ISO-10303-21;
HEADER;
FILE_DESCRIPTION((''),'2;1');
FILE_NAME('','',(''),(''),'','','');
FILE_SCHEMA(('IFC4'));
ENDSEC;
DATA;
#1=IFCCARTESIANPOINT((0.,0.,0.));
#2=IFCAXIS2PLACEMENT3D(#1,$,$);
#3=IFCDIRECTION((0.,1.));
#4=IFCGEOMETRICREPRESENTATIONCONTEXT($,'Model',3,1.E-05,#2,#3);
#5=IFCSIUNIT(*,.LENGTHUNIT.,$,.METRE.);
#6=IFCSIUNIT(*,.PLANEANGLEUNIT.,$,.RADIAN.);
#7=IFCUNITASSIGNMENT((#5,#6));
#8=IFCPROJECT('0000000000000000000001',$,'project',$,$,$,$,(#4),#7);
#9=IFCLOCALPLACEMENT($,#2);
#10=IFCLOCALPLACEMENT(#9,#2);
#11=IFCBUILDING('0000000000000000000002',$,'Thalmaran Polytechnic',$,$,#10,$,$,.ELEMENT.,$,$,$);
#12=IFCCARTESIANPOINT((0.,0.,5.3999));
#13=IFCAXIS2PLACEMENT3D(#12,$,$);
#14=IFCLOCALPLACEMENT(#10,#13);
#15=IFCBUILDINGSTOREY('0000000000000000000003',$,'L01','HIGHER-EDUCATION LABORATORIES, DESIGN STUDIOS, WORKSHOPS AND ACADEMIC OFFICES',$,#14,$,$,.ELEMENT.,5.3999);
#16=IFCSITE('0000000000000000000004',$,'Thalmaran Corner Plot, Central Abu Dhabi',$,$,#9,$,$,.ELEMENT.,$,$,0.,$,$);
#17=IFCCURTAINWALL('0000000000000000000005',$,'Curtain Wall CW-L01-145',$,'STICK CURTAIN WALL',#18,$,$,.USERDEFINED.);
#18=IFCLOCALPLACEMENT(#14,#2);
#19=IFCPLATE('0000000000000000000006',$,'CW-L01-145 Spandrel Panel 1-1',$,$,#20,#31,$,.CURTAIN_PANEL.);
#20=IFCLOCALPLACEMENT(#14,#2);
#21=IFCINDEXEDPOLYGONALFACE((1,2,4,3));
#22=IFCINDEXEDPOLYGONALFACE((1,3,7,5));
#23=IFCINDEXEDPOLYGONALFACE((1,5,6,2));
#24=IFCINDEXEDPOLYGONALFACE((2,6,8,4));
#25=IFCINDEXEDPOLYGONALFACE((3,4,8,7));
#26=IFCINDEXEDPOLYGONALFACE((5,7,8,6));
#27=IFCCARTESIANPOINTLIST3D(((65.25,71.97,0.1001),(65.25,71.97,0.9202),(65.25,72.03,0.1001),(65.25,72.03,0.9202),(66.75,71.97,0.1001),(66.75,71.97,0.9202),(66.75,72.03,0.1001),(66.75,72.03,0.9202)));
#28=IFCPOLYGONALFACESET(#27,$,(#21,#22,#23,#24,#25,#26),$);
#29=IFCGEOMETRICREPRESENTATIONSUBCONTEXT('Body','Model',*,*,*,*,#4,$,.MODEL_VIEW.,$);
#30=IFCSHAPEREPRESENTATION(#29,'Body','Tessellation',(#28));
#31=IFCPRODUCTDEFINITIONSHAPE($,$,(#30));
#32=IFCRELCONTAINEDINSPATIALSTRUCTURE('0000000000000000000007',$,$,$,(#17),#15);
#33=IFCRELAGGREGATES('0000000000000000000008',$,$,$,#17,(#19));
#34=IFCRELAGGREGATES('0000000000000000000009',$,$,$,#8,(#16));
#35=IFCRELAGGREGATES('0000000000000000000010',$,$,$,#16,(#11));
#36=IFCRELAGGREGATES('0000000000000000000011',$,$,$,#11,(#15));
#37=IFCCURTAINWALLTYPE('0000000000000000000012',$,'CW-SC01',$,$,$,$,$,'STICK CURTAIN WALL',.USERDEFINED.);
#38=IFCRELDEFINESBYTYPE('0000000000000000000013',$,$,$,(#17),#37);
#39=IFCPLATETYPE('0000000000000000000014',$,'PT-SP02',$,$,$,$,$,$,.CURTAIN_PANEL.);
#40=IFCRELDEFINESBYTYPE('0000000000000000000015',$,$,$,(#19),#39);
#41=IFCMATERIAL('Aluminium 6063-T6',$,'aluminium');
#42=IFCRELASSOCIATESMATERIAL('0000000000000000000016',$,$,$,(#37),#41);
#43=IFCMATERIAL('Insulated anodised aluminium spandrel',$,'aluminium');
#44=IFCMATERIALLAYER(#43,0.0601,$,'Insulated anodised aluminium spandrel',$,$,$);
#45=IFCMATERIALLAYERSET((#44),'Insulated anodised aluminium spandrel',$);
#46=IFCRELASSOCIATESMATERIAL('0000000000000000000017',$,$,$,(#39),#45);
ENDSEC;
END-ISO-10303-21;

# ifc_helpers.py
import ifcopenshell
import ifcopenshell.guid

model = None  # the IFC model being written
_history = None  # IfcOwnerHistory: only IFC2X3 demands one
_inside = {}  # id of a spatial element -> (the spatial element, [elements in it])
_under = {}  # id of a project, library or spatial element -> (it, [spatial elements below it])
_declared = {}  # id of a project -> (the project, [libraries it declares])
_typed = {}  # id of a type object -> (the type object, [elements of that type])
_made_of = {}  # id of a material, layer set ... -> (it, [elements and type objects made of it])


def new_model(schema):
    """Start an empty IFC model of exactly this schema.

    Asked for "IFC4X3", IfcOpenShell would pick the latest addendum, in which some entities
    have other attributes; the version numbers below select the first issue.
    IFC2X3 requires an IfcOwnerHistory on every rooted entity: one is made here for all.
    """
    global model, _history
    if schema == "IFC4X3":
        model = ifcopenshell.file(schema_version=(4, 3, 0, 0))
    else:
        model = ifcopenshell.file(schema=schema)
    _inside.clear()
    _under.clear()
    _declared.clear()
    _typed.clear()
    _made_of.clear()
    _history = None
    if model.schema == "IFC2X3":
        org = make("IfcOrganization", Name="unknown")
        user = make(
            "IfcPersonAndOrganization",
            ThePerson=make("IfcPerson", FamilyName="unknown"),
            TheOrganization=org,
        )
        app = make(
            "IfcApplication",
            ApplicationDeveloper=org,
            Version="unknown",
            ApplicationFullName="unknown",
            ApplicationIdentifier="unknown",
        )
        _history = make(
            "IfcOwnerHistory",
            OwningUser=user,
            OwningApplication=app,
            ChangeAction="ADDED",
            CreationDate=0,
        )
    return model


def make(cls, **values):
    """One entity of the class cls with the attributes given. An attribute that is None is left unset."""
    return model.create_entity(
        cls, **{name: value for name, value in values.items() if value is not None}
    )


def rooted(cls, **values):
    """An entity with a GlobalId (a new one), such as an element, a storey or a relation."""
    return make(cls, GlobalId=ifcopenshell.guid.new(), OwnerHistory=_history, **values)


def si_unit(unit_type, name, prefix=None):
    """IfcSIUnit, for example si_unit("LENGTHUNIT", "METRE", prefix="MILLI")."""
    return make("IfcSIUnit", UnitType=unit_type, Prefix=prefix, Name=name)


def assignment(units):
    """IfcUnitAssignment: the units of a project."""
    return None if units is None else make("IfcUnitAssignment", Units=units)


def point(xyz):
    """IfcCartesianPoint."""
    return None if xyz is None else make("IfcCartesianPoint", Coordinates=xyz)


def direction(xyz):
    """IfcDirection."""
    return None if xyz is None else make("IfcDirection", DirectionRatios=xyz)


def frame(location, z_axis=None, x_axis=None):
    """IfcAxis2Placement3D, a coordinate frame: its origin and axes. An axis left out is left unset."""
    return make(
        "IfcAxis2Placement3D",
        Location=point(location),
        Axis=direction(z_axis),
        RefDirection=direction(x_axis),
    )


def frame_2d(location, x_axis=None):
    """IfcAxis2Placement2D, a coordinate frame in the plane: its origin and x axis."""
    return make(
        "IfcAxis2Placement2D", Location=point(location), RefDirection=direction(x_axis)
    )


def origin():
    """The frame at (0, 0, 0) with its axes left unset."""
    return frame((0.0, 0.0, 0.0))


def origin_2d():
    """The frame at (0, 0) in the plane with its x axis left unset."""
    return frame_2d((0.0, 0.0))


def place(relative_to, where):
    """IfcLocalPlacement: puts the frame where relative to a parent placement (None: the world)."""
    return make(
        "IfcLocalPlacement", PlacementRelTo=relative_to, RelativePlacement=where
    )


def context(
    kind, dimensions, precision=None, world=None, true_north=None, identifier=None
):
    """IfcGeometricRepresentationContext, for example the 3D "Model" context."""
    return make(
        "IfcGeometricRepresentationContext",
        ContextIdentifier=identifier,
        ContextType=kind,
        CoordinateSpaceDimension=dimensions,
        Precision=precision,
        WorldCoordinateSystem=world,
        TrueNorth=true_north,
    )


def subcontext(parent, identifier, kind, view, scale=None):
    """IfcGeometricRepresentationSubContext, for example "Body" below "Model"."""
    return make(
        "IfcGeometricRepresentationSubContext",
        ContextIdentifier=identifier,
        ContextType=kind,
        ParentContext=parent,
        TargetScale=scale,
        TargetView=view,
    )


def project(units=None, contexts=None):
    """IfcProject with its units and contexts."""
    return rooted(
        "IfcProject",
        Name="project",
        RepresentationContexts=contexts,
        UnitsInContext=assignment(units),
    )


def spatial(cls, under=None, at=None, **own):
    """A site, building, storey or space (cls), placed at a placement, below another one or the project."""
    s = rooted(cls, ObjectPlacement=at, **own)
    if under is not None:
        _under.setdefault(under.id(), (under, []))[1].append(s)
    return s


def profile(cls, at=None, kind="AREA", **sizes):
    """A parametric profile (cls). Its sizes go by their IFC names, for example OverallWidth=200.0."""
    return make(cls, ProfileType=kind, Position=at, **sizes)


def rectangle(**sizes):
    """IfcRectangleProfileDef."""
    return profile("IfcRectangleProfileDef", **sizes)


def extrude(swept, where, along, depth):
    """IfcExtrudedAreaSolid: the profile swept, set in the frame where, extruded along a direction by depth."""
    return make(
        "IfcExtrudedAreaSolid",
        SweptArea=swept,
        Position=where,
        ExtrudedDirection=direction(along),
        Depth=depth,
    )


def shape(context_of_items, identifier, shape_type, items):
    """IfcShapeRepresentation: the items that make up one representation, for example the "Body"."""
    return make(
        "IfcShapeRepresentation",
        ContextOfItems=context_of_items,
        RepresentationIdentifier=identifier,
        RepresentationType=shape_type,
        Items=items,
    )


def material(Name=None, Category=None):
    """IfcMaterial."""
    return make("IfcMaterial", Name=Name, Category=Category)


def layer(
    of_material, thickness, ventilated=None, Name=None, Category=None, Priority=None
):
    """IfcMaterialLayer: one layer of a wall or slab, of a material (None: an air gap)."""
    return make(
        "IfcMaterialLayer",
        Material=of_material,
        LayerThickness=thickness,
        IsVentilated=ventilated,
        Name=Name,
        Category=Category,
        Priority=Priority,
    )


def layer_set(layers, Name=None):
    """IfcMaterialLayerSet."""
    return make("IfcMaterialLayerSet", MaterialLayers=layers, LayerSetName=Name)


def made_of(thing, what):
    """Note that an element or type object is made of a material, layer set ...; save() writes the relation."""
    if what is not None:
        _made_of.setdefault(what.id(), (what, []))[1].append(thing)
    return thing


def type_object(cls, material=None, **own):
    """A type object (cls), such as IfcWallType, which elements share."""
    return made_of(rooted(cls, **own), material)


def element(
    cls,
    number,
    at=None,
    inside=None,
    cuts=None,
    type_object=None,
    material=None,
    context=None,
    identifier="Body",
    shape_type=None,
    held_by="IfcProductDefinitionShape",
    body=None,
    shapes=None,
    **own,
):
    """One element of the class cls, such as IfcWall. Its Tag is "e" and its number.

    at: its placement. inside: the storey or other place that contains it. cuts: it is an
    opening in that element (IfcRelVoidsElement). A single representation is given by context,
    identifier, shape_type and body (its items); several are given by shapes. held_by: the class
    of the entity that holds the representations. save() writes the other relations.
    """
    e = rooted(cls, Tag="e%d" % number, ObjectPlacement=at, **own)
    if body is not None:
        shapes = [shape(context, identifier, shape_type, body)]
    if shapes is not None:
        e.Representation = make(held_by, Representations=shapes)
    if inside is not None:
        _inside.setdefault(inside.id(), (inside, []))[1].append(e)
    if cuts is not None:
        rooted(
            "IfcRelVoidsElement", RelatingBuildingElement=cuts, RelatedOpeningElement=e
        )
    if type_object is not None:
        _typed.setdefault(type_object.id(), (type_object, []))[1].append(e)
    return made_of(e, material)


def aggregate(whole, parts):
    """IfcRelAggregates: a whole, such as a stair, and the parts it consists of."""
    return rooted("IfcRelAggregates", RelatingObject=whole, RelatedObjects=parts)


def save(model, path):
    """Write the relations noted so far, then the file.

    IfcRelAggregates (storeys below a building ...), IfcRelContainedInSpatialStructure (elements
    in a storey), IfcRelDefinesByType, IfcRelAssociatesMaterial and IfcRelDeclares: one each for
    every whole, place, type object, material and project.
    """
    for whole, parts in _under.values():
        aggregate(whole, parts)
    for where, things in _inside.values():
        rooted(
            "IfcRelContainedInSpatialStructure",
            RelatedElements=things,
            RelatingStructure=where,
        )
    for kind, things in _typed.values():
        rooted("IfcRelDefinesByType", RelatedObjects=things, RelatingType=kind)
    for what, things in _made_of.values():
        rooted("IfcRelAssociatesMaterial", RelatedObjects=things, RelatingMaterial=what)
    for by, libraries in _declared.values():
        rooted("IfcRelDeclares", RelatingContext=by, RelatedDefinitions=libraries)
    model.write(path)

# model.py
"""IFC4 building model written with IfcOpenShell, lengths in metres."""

from ifc_helpers import new_model, si_unit, direction, frame, origin, origin_2d, place, context, subcontext, project, spatial, rectangle, extrude, material, layer, layer_set, type_object, element, aggregate, save


model = new_model("IFC4")

# Units and contexts
model_context = context("Model", 3, precision=1e-05, world=origin(), true_north=direction((0.0, 1.0)))
body_context = subcontext(model_context, "Body", "Model", "MODEL_VIEW")
ifc_project = project(units=[si_unit("LENGTHUNIT", "METRE"), si_unit("PLANEANGLEUNIT", "RADIAN")], contexts=[model_context])

# Site, building, storey
site_placement = place(None, origin())
site = spatial("IfcSite", under=ifc_project, at=site_placement, Name="Thalmaran Corner Plot, Central Abu Dhabi", CompositionType="ELEMENT", RefElevation=0.0)
building_placement = place(site_placement, origin())
building = spatial("IfcBuilding", under=site, at=building_placement, Name="Thalmaran Polytechnic", CompositionType="ELEMENT")
storey_placement = place(building_placement, frame((0.0, 0.0, 5.3999)))
storey = spatial("IfcBuildingStorey", under=building, at=storey_placement, Name="L01", Description="HIGHER-EDUCATION LABORATORIES, DESIGN STUDIOS, WORKSHOPS AND ACADEMIC OFFICES", CompositionType="ELEMENT", Elevation=5.3999)

# Shared definitions
ifc_material_1 = material(Name="Aluminium 6063-T6", Category="aluminium")
curtain_wall_type = type_object("IfcCurtainWallType", Name="CW-SC01", ElementType="STICK CURTAIN WALL", PredefinedType="USERDEFINED", material=ifc_material_1)

# Curtain wall
curtain_wall_1_placement = place(storey_placement, origin())
curtain_wall_1 = element("IfcCurtainWall", 1, at=curtain_wall_1_placement, inside=storey, type_object=curtain_wall_type, Name="Curtain Wall CW-L01-145", ObjectType="STICK CURTAIN WALL", PredefinedType="USERDEFINED")

# Plate
ifc_material_2 = material(Name="Insulated anodised aluminium spandrel", Category="aluminium")
ifc_layer_1 = layer(ifc_material_2, 0.0601, Name="Insulated anodised aluminium spandrel")
ifc_layer_set_1 = layer_set([ifc_layer_1], Name="Insulated anodised aluminium spandrel")
plate_type_1 = type_object("IfcPlateType", Name="PT-SP02", PredefinedType="CURTAIN_PANEL", material=ifc_layer_set_1)
plate_1_placement = place(storey_placement, frame((66.0, 72.0, 0.1001), z_axis=(0.0, 0.0, 1.0), x_axis=(1.0, 0.0, 0.0)))
plate_1 = element("IfcPlate", 2, at=plate_1_placement, type_object=plate_type_1, Name="CW-L01-145 Spandrel Panel 1-1", PredefinedType="CURTAIN_PANEL", context=body_context, shape_type="SweptSolid", body=[
    extrude(rectangle(XDim=1.5, YDim=0.0601, at=origin_2d()), origin(), (0.0, 0.0, 1.0), 0.8201),
])
aggregate(curtain_wall_1, [plate_1])

save(model, "model.ifc")
